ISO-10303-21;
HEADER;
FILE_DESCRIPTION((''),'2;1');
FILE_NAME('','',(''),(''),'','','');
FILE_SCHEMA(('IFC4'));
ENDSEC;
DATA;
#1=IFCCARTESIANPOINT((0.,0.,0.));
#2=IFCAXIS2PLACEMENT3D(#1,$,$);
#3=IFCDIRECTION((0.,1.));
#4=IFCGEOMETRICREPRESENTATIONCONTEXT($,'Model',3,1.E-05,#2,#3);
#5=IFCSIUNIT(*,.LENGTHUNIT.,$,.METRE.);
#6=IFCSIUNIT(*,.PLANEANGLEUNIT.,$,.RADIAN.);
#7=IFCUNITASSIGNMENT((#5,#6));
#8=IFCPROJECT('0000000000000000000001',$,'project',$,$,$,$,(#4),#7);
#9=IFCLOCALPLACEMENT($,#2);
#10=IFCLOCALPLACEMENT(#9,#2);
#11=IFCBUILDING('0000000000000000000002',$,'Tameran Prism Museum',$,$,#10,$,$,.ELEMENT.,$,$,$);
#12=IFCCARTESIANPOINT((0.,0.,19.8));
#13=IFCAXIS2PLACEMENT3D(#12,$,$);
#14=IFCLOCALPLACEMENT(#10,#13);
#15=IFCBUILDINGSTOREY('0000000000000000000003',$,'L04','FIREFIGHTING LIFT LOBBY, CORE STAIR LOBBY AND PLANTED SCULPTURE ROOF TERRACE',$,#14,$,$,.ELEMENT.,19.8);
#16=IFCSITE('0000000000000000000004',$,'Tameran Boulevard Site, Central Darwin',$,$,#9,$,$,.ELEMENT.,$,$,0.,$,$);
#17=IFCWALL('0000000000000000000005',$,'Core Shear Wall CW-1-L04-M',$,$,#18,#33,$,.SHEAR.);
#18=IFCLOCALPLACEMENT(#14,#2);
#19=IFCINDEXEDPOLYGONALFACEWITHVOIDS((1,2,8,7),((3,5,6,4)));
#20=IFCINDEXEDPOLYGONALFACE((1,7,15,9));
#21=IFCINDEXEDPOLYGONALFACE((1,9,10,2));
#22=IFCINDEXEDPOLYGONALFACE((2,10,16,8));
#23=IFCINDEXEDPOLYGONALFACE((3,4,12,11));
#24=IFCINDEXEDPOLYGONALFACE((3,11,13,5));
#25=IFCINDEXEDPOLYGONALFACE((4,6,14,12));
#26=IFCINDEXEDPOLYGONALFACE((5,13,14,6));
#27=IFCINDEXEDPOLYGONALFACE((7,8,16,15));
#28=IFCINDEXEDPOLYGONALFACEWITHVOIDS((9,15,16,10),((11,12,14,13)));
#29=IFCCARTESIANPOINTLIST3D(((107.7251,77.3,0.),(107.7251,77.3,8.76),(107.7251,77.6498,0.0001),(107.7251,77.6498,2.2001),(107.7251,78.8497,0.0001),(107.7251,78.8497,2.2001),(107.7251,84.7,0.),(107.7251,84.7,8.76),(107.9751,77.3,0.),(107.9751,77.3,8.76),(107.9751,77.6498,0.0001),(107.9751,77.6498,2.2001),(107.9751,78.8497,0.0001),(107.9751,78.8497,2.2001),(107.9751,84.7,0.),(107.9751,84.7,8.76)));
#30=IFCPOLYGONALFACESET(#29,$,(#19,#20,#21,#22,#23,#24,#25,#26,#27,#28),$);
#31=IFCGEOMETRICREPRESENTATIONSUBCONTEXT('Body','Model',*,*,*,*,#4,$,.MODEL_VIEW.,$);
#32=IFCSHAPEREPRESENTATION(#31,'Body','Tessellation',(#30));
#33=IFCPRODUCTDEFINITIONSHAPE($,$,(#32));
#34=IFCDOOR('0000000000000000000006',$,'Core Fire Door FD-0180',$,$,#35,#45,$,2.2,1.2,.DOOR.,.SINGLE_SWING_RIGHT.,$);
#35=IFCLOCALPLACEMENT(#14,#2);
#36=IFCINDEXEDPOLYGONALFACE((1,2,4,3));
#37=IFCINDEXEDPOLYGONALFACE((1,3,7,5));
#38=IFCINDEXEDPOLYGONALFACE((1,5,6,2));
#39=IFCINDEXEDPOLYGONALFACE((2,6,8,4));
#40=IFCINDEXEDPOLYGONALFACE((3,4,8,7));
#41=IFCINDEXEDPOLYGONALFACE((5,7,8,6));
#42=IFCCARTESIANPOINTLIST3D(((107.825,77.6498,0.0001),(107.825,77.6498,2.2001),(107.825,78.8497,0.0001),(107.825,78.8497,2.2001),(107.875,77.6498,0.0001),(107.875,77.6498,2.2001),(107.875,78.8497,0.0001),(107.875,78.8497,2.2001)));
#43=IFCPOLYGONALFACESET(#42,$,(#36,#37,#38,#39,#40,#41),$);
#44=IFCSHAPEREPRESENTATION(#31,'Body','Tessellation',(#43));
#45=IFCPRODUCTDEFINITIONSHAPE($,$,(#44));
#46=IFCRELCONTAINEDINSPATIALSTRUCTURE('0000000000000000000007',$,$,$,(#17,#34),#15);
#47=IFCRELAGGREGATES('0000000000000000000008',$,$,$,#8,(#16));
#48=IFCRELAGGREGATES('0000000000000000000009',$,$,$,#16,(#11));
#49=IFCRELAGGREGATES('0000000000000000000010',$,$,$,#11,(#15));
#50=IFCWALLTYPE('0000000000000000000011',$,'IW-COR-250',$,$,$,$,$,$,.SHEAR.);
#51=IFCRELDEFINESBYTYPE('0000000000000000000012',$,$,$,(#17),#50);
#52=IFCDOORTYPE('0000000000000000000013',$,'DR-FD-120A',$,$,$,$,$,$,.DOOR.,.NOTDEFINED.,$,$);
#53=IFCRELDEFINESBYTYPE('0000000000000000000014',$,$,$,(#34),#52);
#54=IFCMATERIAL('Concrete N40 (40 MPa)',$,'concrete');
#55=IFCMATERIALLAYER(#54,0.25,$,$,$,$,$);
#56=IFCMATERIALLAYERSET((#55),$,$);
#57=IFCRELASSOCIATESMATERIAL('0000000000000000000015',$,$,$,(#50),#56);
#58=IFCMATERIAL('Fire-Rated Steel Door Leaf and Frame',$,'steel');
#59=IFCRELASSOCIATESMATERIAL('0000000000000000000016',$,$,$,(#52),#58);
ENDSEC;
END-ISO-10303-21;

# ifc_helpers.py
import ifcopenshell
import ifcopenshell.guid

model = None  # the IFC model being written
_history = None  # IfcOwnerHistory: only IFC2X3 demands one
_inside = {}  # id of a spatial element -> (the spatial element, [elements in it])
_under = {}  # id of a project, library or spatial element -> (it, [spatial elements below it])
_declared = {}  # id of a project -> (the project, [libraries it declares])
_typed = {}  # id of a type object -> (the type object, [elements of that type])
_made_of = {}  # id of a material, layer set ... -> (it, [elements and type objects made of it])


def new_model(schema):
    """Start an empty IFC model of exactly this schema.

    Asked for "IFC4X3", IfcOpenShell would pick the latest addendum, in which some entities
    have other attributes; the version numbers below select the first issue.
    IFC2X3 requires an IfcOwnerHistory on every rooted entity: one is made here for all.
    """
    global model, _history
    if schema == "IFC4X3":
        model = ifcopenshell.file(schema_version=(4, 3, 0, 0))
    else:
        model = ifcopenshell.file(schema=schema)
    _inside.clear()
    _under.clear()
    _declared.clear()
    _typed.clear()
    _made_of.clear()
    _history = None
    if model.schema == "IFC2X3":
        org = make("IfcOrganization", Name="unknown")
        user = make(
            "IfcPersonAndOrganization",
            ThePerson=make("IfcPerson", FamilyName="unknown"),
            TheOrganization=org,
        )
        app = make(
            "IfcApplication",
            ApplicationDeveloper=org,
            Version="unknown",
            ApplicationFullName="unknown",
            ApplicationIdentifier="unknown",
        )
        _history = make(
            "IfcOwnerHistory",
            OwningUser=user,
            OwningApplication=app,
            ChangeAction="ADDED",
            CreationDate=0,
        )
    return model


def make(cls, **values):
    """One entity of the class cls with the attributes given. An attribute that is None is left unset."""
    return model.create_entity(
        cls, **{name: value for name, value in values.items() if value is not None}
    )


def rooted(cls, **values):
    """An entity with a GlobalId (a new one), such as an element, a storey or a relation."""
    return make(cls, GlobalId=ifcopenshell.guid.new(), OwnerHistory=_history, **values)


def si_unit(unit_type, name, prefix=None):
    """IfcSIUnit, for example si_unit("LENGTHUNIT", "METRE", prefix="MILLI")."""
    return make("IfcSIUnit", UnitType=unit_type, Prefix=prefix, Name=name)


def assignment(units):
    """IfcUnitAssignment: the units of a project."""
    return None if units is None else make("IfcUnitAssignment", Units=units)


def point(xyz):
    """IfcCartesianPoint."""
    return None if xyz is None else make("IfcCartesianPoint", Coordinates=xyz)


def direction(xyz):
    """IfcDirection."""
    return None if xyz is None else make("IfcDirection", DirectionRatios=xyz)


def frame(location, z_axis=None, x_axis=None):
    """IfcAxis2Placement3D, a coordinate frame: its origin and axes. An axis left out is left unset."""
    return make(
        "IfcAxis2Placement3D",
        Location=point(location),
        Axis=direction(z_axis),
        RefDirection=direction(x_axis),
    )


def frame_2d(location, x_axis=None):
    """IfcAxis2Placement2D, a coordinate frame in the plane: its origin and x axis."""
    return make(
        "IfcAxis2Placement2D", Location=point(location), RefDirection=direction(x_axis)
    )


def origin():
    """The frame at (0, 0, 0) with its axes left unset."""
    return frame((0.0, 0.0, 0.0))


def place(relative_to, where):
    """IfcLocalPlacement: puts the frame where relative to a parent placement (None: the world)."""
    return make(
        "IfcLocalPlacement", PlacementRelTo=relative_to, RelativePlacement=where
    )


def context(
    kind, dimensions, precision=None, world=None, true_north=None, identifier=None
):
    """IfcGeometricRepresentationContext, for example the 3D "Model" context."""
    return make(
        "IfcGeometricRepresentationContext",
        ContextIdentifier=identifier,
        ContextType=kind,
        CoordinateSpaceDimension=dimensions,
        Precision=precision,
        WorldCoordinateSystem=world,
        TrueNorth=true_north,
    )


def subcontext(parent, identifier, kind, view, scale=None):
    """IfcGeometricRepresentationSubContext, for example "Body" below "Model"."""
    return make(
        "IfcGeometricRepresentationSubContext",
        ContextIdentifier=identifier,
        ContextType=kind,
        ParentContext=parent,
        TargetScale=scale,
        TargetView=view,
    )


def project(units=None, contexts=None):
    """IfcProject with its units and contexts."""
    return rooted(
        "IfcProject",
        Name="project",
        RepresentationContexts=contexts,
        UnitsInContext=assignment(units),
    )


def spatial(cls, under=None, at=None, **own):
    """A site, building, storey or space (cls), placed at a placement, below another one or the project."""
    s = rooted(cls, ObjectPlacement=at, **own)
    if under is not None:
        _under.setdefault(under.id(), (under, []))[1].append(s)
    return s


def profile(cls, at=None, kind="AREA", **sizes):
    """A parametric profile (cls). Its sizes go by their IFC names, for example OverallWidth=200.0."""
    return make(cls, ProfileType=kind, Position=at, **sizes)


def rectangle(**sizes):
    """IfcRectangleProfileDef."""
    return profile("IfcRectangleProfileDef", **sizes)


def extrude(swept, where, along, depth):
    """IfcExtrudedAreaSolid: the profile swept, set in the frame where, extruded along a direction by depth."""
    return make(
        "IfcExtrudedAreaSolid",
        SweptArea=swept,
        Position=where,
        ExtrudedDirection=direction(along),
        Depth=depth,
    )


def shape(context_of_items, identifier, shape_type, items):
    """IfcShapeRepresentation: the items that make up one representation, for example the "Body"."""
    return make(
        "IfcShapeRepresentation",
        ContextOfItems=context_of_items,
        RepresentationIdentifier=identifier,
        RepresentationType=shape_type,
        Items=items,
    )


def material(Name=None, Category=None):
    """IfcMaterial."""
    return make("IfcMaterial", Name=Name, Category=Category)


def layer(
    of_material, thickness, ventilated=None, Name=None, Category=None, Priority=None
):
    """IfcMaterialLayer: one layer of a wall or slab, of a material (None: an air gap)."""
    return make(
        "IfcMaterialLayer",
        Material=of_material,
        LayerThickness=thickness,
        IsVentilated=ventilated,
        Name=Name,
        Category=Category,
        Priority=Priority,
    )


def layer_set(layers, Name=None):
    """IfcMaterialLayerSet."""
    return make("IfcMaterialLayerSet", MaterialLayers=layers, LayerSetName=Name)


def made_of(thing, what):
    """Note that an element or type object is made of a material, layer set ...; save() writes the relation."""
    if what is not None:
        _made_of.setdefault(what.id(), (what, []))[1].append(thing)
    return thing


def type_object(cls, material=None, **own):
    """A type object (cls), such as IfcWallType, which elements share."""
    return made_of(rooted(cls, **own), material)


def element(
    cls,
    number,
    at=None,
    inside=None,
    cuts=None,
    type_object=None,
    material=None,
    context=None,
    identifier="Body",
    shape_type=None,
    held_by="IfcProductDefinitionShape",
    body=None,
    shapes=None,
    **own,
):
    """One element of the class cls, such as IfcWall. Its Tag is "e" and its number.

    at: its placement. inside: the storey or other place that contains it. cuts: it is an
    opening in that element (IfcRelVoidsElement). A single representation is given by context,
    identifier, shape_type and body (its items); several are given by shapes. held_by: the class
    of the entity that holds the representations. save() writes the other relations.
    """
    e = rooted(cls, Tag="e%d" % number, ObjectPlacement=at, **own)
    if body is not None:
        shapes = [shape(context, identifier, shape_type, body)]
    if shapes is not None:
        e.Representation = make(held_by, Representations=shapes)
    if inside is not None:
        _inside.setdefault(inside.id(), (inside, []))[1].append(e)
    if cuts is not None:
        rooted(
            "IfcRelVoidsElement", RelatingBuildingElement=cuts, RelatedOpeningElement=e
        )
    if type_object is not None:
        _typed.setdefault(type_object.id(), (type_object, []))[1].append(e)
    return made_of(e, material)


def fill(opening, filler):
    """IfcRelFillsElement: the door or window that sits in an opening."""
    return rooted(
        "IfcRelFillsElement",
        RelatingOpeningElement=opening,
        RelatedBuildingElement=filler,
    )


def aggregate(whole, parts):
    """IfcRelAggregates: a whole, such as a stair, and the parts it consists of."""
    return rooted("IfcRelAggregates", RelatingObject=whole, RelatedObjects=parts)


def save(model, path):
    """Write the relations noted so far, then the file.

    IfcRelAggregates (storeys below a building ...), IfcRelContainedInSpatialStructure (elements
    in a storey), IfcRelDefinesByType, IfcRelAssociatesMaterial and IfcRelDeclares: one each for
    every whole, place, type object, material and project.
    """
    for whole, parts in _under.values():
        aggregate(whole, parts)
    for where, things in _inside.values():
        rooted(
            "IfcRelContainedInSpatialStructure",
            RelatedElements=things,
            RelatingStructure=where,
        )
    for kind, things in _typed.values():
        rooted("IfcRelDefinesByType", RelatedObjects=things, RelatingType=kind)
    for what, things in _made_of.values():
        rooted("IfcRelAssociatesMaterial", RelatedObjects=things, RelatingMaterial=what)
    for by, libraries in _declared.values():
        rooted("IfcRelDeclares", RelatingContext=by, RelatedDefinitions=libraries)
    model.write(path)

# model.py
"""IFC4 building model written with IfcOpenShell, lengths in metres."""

from ifc_helpers import new_model, si_unit, direction, frame, frame_2d, origin, place, context, subcontext, project, spatial, rectangle, extrude, material, layer, layer_set, type_object, element, fill, save


model = new_model("IFC4")

# Units and contexts
model_context = context("Model", 3, precision=1e-05, world=origin(), true_north=direction((0.0, 1.0)))
body_context = subcontext(model_context, "Body", "Model", "MODEL_VIEW")
ifc_project = project(units=[si_unit("LENGTHUNIT", "METRE"), si_unit("PLANEANGLEUNIT", "RADIAN")], contexts=[model_context])

# Site, building, storey
site_placement = place(None, origin())
site = spatial("IfcSite", under=ifc_project, at=site_placement, Name="Tameran Boulevard Site, Central Darwin", CompositionType="ELEMENT", RefElevation=0.0)
building_placement = place(site_placement, origin())
building = spatial("IfcBuilding", under=site, at=building_placement, Name="Tameran Prism Museum", CompositionType="ELEMENT")
storey_placement = place(building_placement, frame((0.0, 0.0, 19.8)))
storey = spatial("IfcBuildingStorey", under=building, at=storey_placement, Name="L04", Description="FIREFIGHTING LIFT LOBBY, CORE STAIR LOBBY AND PLANTED SCULPTURE ROOF TERRACE", CompositionType="ELEMENT", Elevation=19.8)

# Shared definitions
ifc_material_1 = material(Name="Concrete N40 (40 MPa)", Category="concrete")
ifc_layer_1 = layer(ifc_material_1, 0.25)
ifc_layer_set_1 = layer_set([ifc_layer_1])
wall_type = type_object("IfcWallType", Name="IW-COR-250", PredefinedType="SHEAR", material=ifc_layer_set_1)

# Wall, opening, door
ifc_material_2 = material(Name="Fire-Rated Steel Door Leaf and Frame", Category="steel")
door_type = type_object("IfcDoorType", Name="DR-FD-120A", OperationType="NOTDEFINED", PredefinedType="DOOR", material=ifc_material_2)
wall_1_placement = place(storey_placement, frame((107.8501, 84.7, 0.0), z_axis=(0.0, 0.0, 1.0), x_axis=(0.0, -1.0, 0.0)))
wall_1 = element("IfcWall", 1, at=wall_1_placement, inside=storey, type_object=wall_type, Name="Core Shear Wall CW-1-L04-M", PredefinedType="SHEAR", context=body_context, shape_type="SweptSolid", body=[
    extrude(rectangle(XDim=7.3999, YDim=0.25, at=frame_2d((3.7, 0.0))), origin(), (0.0, 0.0, 1.0), 8.76),
])
opening_1_placement = place(wall_1_placement, frame((5.8501, 0.0, 0.0)))
opening_1 = element("IfcOpeningElement", 2, at=opening_1_placement, cuts=wall_1, PredefinedType="OPENING", context=body_context, shape_type="SweptSolid", body=[
    extrude(rectangle(XDim=1.2, YDim=2.2, at=frame_2d((0.6001, 1.1001))), frame((0.0, 0.135, 0.0), z_axis=(0.0, -1.0, 0.0), x_axis=(1.0, 0.0, 0.0)), (0.0, 0.0, 1.0), 0.27),
])
door_1_placement = place(opening_1_placement, origin())
door_1 = element("IfcDoor", 3, at=door_1_placement, inside=storey, type_object=door_type, Name="Core Fire Door FD-0180", OperationType="SINGLE_SWING_RIGHT", OverallHeight=2.2, OverallWidth=1.2, PredefinedType="DOOR", context=body_context, shape_type="SweptSolid", body=[
    extrude(rectangle(XDim=1.2, YDim=2.2, at=frame_2d((0.6001, 1.1001))), frame((0.0, 0.0249, 0.0), z_axis=(0.0, -1.0, 0.0), x_axis=(1.0, 0.0, 0.0)), (0.0, 0.0, 1.0), 0.05),
])
fill(opening_1, door_1)

save(model, "model.ifc")
